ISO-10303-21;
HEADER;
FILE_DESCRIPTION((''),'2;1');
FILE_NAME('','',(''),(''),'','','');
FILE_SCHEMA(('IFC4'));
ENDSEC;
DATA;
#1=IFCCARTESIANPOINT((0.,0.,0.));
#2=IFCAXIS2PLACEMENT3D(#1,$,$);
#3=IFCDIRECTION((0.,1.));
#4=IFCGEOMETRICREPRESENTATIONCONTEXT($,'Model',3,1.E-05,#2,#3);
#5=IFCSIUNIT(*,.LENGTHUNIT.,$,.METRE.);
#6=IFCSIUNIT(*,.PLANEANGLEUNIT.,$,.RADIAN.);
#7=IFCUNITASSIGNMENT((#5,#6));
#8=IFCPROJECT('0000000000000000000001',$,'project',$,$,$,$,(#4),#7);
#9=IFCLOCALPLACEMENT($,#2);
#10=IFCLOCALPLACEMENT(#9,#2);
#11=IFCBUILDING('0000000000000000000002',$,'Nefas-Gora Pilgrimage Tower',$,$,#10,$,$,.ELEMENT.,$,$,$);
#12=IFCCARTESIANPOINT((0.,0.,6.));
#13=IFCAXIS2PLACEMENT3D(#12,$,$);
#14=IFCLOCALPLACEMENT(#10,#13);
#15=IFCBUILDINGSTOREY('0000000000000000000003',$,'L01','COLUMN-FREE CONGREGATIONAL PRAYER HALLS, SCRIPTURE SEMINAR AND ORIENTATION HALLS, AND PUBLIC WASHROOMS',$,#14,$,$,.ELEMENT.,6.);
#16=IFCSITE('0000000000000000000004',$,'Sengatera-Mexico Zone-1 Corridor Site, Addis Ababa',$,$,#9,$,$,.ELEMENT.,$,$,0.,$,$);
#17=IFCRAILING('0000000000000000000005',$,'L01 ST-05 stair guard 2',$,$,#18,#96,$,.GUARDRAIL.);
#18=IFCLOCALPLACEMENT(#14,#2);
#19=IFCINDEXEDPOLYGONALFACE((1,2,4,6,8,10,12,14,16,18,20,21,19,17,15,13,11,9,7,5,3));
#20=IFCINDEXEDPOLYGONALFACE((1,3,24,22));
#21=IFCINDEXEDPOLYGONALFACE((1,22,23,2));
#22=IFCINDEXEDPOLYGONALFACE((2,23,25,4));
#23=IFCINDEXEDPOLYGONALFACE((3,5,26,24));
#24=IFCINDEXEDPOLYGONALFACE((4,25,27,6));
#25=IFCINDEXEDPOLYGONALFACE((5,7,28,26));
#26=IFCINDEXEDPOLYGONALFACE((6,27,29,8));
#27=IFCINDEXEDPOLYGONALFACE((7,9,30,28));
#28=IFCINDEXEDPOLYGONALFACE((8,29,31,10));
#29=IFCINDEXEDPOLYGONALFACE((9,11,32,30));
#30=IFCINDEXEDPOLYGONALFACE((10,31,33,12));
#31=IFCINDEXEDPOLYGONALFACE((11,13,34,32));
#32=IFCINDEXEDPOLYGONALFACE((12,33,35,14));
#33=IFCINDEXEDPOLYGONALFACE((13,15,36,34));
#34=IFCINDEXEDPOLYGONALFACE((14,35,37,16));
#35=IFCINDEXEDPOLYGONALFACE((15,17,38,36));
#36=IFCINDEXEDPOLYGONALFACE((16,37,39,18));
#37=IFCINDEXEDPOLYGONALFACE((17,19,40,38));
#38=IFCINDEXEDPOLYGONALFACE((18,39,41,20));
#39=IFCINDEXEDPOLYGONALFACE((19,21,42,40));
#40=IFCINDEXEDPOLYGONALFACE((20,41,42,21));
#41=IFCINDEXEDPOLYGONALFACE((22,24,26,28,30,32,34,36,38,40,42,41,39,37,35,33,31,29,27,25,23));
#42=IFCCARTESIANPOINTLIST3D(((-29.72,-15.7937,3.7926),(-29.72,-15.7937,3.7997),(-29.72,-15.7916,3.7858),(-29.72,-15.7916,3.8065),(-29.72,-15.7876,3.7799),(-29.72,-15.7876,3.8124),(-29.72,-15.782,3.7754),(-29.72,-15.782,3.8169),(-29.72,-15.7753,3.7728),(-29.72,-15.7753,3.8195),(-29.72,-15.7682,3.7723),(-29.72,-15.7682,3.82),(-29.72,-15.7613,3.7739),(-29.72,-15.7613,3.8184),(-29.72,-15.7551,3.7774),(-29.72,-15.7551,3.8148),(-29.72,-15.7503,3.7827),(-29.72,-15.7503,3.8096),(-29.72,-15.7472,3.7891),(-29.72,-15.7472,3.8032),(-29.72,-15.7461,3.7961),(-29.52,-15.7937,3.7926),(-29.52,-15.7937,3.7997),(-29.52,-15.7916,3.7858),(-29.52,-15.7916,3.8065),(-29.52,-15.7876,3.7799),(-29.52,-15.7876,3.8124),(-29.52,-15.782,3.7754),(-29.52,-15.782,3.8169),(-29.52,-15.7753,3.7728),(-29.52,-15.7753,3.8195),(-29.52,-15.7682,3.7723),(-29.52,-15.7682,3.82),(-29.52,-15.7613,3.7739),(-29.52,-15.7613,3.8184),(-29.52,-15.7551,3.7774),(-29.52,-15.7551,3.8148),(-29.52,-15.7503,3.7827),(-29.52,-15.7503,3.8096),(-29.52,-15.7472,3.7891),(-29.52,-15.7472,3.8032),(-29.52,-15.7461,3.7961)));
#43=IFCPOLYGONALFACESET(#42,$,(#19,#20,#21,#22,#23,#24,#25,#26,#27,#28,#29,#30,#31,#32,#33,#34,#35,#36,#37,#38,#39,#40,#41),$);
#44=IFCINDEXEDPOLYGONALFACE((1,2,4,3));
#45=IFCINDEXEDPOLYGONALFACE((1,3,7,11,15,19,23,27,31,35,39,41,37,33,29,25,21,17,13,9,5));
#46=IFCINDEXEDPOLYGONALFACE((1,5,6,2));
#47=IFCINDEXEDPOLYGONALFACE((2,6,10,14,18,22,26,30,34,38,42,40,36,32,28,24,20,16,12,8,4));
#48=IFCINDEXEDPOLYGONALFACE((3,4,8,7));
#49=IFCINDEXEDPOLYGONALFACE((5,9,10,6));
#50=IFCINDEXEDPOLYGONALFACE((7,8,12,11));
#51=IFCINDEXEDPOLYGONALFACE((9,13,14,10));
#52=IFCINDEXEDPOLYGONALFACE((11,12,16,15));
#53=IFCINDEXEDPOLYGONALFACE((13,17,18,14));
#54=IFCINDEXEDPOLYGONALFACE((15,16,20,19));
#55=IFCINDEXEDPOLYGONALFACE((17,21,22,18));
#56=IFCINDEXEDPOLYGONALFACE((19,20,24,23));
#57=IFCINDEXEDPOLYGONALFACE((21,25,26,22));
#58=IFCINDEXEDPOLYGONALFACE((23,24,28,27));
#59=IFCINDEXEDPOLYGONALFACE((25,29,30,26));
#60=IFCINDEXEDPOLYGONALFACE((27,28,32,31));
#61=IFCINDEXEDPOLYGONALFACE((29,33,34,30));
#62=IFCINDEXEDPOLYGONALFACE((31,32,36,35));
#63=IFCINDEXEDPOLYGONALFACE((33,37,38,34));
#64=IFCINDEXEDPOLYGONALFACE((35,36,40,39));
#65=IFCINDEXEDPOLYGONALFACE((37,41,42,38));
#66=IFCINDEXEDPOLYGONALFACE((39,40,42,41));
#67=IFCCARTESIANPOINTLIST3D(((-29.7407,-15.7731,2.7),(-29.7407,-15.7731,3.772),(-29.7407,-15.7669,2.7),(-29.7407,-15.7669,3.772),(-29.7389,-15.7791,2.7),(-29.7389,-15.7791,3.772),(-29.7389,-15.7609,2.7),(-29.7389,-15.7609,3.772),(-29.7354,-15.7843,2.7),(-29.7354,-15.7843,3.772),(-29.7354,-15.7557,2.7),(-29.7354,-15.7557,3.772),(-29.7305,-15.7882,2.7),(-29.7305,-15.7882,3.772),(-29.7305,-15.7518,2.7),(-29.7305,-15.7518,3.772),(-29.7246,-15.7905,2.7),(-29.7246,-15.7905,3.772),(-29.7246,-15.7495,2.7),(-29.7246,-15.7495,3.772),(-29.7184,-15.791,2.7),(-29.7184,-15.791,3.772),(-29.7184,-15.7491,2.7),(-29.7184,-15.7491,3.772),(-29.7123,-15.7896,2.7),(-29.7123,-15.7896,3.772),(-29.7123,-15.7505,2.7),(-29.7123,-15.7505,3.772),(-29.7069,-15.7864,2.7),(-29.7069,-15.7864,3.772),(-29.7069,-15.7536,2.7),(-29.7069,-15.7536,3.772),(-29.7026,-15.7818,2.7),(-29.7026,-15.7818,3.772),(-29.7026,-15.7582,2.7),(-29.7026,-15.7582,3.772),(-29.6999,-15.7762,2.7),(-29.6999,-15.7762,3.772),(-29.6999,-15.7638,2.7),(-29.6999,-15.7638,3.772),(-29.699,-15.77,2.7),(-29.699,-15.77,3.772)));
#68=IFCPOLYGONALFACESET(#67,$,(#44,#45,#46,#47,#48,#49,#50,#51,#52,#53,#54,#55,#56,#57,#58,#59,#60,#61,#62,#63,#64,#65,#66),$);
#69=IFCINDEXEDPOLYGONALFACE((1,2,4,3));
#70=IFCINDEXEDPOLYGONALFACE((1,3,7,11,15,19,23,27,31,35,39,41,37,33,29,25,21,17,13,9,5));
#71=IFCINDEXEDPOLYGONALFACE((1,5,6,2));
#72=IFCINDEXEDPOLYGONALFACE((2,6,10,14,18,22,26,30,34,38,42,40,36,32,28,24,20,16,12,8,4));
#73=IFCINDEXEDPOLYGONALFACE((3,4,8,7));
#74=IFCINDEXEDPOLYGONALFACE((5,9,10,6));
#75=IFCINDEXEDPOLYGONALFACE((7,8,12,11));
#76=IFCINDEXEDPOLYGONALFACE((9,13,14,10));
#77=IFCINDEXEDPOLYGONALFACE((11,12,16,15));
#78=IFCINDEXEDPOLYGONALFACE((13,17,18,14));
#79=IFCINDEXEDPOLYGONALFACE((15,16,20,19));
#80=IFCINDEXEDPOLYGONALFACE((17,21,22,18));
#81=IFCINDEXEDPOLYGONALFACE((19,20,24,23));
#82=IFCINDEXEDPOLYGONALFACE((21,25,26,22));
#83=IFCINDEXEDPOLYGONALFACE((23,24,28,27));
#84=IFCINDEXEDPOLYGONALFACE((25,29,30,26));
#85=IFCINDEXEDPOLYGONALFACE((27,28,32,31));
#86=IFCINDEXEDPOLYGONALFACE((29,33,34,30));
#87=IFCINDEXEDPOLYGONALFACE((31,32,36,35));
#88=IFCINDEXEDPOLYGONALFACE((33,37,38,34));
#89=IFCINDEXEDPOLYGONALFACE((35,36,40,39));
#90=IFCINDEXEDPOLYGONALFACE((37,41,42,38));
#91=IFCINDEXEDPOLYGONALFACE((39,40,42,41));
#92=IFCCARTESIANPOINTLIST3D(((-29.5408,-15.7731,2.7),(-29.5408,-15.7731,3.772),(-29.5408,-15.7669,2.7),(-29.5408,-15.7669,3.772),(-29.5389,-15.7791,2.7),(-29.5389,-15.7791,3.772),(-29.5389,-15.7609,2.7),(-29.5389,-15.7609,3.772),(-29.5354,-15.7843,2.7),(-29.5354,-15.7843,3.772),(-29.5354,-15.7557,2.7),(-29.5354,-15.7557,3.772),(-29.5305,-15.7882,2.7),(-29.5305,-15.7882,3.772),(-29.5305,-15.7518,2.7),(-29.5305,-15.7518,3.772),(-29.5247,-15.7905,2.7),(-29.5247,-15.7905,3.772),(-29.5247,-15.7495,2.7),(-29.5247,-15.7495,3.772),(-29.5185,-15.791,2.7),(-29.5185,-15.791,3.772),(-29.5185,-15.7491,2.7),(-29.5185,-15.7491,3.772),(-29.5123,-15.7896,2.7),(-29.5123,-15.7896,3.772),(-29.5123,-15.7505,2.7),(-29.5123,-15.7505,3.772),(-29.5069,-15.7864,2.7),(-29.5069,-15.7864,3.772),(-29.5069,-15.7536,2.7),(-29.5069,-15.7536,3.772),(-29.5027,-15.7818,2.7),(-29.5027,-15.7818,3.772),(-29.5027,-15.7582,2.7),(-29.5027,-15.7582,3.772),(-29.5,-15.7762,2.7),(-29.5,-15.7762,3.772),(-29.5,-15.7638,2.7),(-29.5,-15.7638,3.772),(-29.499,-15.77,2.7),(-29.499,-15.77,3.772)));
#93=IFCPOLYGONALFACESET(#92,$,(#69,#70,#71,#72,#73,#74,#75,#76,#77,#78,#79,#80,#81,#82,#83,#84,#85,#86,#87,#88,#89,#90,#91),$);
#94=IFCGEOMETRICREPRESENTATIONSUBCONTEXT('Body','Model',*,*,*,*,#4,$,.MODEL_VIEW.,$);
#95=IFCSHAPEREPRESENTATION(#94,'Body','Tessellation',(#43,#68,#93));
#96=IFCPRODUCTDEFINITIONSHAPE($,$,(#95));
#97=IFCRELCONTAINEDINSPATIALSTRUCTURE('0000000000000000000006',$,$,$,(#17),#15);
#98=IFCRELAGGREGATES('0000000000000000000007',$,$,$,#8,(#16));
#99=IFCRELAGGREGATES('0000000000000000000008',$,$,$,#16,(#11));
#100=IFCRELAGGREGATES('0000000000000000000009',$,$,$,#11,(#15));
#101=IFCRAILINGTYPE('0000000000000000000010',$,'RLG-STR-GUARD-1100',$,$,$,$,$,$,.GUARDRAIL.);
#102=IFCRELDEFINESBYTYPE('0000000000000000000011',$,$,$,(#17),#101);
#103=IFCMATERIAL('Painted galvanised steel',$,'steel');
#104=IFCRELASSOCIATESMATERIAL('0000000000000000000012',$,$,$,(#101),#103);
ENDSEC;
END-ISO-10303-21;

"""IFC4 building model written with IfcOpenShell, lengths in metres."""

from ifc_helpers import new_model, si_unit, direction, frame, origin, origin_2d, place, context, subcontext, project, spatial, circle, extrude, material, type_object, element, save


model = new_model("IFC4")

# Units and contexts
model_context = context("Model", 3, precision=1e-05, world=origin(), true_north=direction((0.0, 1.0)))
body_context = subcontext(model_context, "Body", "Model", "MODEL_VIEW")
ifc_project = project(units=[si_unit("LENGTHUNIT", "METRE"), si_unit("PLANEANGLEUNIT", "RADIAN")], contexts=[model_context])

# Site, building, storey
site_placement = place(None, origin())
site = spatial("IfcSite", under=ifc_project, at=site_placement, Name="Sengatera-Mexico Zone-1 Corridor Site, Addis Ababa", CompositionType="ELEMENT", RefElevation=0.0)
building_placement = place(site_placement, origin())
building = spatial("IfcBuilding", under=site, at=building_placement, Name="Nefas-Gora Pilgrimage Tower", CompositionType="ELEMENT")
storey_placement = place(building_placement, frame((0.0, 0.0, 6.0)))
storey = spatial("IfcBuildingStorey", under=building, at=storey_placement, Name="L01", Description="COLUMN-FREE CONGREGATIONAL PRAYER HALLS, SCRIPTURE SEMINAR AND ORIENTATION HALLS, AND PUBLIC WASHROOMS", CompositionType="ELEMENT", Elevation=6.0)

# Railing
ifc_material_1 = material(Name="Painted galvanised steel", Category="steel")
railing_type_1 = type_object("IfcRailingType", Name="RLG-STR-GUARD-1100", PredefinedType="GUARDRAIL", material=ifc_material_1)
railing_1_placement = place(storey_placement, frame((-29.72, -15.77, 2.7)))
element("IfcRailing", 1, at=railing_1_placement, inside=storey, type_object=railing_type_1, Name="L01 ST-05 stair guard 2", PredefinedType="GUARDRAIL", context=body_context, shape_type="SweptSolid", body=[
    extrude(circle(Radius=0.0239, at=origin_2d()), frame((0.0, 0.0, 1.0962), z_axis=(1.0, 0.0, 0.0), x_axis=(0.0, 1.0, 0.0)), (0.0, 0.0, 1.0), 0.2),
    extrude(circle(Radius=0.021, at=origin_2d()), origin(), (0.0, 0.0, 1.0), 1.072),
    extrude(circle(Radius=0.021, at=origin_2d()), frame((0.2, 0.0, 0.0)), (0.0, 0.0, 1.0), 1.072),
])

save(model, "model.ifc")
